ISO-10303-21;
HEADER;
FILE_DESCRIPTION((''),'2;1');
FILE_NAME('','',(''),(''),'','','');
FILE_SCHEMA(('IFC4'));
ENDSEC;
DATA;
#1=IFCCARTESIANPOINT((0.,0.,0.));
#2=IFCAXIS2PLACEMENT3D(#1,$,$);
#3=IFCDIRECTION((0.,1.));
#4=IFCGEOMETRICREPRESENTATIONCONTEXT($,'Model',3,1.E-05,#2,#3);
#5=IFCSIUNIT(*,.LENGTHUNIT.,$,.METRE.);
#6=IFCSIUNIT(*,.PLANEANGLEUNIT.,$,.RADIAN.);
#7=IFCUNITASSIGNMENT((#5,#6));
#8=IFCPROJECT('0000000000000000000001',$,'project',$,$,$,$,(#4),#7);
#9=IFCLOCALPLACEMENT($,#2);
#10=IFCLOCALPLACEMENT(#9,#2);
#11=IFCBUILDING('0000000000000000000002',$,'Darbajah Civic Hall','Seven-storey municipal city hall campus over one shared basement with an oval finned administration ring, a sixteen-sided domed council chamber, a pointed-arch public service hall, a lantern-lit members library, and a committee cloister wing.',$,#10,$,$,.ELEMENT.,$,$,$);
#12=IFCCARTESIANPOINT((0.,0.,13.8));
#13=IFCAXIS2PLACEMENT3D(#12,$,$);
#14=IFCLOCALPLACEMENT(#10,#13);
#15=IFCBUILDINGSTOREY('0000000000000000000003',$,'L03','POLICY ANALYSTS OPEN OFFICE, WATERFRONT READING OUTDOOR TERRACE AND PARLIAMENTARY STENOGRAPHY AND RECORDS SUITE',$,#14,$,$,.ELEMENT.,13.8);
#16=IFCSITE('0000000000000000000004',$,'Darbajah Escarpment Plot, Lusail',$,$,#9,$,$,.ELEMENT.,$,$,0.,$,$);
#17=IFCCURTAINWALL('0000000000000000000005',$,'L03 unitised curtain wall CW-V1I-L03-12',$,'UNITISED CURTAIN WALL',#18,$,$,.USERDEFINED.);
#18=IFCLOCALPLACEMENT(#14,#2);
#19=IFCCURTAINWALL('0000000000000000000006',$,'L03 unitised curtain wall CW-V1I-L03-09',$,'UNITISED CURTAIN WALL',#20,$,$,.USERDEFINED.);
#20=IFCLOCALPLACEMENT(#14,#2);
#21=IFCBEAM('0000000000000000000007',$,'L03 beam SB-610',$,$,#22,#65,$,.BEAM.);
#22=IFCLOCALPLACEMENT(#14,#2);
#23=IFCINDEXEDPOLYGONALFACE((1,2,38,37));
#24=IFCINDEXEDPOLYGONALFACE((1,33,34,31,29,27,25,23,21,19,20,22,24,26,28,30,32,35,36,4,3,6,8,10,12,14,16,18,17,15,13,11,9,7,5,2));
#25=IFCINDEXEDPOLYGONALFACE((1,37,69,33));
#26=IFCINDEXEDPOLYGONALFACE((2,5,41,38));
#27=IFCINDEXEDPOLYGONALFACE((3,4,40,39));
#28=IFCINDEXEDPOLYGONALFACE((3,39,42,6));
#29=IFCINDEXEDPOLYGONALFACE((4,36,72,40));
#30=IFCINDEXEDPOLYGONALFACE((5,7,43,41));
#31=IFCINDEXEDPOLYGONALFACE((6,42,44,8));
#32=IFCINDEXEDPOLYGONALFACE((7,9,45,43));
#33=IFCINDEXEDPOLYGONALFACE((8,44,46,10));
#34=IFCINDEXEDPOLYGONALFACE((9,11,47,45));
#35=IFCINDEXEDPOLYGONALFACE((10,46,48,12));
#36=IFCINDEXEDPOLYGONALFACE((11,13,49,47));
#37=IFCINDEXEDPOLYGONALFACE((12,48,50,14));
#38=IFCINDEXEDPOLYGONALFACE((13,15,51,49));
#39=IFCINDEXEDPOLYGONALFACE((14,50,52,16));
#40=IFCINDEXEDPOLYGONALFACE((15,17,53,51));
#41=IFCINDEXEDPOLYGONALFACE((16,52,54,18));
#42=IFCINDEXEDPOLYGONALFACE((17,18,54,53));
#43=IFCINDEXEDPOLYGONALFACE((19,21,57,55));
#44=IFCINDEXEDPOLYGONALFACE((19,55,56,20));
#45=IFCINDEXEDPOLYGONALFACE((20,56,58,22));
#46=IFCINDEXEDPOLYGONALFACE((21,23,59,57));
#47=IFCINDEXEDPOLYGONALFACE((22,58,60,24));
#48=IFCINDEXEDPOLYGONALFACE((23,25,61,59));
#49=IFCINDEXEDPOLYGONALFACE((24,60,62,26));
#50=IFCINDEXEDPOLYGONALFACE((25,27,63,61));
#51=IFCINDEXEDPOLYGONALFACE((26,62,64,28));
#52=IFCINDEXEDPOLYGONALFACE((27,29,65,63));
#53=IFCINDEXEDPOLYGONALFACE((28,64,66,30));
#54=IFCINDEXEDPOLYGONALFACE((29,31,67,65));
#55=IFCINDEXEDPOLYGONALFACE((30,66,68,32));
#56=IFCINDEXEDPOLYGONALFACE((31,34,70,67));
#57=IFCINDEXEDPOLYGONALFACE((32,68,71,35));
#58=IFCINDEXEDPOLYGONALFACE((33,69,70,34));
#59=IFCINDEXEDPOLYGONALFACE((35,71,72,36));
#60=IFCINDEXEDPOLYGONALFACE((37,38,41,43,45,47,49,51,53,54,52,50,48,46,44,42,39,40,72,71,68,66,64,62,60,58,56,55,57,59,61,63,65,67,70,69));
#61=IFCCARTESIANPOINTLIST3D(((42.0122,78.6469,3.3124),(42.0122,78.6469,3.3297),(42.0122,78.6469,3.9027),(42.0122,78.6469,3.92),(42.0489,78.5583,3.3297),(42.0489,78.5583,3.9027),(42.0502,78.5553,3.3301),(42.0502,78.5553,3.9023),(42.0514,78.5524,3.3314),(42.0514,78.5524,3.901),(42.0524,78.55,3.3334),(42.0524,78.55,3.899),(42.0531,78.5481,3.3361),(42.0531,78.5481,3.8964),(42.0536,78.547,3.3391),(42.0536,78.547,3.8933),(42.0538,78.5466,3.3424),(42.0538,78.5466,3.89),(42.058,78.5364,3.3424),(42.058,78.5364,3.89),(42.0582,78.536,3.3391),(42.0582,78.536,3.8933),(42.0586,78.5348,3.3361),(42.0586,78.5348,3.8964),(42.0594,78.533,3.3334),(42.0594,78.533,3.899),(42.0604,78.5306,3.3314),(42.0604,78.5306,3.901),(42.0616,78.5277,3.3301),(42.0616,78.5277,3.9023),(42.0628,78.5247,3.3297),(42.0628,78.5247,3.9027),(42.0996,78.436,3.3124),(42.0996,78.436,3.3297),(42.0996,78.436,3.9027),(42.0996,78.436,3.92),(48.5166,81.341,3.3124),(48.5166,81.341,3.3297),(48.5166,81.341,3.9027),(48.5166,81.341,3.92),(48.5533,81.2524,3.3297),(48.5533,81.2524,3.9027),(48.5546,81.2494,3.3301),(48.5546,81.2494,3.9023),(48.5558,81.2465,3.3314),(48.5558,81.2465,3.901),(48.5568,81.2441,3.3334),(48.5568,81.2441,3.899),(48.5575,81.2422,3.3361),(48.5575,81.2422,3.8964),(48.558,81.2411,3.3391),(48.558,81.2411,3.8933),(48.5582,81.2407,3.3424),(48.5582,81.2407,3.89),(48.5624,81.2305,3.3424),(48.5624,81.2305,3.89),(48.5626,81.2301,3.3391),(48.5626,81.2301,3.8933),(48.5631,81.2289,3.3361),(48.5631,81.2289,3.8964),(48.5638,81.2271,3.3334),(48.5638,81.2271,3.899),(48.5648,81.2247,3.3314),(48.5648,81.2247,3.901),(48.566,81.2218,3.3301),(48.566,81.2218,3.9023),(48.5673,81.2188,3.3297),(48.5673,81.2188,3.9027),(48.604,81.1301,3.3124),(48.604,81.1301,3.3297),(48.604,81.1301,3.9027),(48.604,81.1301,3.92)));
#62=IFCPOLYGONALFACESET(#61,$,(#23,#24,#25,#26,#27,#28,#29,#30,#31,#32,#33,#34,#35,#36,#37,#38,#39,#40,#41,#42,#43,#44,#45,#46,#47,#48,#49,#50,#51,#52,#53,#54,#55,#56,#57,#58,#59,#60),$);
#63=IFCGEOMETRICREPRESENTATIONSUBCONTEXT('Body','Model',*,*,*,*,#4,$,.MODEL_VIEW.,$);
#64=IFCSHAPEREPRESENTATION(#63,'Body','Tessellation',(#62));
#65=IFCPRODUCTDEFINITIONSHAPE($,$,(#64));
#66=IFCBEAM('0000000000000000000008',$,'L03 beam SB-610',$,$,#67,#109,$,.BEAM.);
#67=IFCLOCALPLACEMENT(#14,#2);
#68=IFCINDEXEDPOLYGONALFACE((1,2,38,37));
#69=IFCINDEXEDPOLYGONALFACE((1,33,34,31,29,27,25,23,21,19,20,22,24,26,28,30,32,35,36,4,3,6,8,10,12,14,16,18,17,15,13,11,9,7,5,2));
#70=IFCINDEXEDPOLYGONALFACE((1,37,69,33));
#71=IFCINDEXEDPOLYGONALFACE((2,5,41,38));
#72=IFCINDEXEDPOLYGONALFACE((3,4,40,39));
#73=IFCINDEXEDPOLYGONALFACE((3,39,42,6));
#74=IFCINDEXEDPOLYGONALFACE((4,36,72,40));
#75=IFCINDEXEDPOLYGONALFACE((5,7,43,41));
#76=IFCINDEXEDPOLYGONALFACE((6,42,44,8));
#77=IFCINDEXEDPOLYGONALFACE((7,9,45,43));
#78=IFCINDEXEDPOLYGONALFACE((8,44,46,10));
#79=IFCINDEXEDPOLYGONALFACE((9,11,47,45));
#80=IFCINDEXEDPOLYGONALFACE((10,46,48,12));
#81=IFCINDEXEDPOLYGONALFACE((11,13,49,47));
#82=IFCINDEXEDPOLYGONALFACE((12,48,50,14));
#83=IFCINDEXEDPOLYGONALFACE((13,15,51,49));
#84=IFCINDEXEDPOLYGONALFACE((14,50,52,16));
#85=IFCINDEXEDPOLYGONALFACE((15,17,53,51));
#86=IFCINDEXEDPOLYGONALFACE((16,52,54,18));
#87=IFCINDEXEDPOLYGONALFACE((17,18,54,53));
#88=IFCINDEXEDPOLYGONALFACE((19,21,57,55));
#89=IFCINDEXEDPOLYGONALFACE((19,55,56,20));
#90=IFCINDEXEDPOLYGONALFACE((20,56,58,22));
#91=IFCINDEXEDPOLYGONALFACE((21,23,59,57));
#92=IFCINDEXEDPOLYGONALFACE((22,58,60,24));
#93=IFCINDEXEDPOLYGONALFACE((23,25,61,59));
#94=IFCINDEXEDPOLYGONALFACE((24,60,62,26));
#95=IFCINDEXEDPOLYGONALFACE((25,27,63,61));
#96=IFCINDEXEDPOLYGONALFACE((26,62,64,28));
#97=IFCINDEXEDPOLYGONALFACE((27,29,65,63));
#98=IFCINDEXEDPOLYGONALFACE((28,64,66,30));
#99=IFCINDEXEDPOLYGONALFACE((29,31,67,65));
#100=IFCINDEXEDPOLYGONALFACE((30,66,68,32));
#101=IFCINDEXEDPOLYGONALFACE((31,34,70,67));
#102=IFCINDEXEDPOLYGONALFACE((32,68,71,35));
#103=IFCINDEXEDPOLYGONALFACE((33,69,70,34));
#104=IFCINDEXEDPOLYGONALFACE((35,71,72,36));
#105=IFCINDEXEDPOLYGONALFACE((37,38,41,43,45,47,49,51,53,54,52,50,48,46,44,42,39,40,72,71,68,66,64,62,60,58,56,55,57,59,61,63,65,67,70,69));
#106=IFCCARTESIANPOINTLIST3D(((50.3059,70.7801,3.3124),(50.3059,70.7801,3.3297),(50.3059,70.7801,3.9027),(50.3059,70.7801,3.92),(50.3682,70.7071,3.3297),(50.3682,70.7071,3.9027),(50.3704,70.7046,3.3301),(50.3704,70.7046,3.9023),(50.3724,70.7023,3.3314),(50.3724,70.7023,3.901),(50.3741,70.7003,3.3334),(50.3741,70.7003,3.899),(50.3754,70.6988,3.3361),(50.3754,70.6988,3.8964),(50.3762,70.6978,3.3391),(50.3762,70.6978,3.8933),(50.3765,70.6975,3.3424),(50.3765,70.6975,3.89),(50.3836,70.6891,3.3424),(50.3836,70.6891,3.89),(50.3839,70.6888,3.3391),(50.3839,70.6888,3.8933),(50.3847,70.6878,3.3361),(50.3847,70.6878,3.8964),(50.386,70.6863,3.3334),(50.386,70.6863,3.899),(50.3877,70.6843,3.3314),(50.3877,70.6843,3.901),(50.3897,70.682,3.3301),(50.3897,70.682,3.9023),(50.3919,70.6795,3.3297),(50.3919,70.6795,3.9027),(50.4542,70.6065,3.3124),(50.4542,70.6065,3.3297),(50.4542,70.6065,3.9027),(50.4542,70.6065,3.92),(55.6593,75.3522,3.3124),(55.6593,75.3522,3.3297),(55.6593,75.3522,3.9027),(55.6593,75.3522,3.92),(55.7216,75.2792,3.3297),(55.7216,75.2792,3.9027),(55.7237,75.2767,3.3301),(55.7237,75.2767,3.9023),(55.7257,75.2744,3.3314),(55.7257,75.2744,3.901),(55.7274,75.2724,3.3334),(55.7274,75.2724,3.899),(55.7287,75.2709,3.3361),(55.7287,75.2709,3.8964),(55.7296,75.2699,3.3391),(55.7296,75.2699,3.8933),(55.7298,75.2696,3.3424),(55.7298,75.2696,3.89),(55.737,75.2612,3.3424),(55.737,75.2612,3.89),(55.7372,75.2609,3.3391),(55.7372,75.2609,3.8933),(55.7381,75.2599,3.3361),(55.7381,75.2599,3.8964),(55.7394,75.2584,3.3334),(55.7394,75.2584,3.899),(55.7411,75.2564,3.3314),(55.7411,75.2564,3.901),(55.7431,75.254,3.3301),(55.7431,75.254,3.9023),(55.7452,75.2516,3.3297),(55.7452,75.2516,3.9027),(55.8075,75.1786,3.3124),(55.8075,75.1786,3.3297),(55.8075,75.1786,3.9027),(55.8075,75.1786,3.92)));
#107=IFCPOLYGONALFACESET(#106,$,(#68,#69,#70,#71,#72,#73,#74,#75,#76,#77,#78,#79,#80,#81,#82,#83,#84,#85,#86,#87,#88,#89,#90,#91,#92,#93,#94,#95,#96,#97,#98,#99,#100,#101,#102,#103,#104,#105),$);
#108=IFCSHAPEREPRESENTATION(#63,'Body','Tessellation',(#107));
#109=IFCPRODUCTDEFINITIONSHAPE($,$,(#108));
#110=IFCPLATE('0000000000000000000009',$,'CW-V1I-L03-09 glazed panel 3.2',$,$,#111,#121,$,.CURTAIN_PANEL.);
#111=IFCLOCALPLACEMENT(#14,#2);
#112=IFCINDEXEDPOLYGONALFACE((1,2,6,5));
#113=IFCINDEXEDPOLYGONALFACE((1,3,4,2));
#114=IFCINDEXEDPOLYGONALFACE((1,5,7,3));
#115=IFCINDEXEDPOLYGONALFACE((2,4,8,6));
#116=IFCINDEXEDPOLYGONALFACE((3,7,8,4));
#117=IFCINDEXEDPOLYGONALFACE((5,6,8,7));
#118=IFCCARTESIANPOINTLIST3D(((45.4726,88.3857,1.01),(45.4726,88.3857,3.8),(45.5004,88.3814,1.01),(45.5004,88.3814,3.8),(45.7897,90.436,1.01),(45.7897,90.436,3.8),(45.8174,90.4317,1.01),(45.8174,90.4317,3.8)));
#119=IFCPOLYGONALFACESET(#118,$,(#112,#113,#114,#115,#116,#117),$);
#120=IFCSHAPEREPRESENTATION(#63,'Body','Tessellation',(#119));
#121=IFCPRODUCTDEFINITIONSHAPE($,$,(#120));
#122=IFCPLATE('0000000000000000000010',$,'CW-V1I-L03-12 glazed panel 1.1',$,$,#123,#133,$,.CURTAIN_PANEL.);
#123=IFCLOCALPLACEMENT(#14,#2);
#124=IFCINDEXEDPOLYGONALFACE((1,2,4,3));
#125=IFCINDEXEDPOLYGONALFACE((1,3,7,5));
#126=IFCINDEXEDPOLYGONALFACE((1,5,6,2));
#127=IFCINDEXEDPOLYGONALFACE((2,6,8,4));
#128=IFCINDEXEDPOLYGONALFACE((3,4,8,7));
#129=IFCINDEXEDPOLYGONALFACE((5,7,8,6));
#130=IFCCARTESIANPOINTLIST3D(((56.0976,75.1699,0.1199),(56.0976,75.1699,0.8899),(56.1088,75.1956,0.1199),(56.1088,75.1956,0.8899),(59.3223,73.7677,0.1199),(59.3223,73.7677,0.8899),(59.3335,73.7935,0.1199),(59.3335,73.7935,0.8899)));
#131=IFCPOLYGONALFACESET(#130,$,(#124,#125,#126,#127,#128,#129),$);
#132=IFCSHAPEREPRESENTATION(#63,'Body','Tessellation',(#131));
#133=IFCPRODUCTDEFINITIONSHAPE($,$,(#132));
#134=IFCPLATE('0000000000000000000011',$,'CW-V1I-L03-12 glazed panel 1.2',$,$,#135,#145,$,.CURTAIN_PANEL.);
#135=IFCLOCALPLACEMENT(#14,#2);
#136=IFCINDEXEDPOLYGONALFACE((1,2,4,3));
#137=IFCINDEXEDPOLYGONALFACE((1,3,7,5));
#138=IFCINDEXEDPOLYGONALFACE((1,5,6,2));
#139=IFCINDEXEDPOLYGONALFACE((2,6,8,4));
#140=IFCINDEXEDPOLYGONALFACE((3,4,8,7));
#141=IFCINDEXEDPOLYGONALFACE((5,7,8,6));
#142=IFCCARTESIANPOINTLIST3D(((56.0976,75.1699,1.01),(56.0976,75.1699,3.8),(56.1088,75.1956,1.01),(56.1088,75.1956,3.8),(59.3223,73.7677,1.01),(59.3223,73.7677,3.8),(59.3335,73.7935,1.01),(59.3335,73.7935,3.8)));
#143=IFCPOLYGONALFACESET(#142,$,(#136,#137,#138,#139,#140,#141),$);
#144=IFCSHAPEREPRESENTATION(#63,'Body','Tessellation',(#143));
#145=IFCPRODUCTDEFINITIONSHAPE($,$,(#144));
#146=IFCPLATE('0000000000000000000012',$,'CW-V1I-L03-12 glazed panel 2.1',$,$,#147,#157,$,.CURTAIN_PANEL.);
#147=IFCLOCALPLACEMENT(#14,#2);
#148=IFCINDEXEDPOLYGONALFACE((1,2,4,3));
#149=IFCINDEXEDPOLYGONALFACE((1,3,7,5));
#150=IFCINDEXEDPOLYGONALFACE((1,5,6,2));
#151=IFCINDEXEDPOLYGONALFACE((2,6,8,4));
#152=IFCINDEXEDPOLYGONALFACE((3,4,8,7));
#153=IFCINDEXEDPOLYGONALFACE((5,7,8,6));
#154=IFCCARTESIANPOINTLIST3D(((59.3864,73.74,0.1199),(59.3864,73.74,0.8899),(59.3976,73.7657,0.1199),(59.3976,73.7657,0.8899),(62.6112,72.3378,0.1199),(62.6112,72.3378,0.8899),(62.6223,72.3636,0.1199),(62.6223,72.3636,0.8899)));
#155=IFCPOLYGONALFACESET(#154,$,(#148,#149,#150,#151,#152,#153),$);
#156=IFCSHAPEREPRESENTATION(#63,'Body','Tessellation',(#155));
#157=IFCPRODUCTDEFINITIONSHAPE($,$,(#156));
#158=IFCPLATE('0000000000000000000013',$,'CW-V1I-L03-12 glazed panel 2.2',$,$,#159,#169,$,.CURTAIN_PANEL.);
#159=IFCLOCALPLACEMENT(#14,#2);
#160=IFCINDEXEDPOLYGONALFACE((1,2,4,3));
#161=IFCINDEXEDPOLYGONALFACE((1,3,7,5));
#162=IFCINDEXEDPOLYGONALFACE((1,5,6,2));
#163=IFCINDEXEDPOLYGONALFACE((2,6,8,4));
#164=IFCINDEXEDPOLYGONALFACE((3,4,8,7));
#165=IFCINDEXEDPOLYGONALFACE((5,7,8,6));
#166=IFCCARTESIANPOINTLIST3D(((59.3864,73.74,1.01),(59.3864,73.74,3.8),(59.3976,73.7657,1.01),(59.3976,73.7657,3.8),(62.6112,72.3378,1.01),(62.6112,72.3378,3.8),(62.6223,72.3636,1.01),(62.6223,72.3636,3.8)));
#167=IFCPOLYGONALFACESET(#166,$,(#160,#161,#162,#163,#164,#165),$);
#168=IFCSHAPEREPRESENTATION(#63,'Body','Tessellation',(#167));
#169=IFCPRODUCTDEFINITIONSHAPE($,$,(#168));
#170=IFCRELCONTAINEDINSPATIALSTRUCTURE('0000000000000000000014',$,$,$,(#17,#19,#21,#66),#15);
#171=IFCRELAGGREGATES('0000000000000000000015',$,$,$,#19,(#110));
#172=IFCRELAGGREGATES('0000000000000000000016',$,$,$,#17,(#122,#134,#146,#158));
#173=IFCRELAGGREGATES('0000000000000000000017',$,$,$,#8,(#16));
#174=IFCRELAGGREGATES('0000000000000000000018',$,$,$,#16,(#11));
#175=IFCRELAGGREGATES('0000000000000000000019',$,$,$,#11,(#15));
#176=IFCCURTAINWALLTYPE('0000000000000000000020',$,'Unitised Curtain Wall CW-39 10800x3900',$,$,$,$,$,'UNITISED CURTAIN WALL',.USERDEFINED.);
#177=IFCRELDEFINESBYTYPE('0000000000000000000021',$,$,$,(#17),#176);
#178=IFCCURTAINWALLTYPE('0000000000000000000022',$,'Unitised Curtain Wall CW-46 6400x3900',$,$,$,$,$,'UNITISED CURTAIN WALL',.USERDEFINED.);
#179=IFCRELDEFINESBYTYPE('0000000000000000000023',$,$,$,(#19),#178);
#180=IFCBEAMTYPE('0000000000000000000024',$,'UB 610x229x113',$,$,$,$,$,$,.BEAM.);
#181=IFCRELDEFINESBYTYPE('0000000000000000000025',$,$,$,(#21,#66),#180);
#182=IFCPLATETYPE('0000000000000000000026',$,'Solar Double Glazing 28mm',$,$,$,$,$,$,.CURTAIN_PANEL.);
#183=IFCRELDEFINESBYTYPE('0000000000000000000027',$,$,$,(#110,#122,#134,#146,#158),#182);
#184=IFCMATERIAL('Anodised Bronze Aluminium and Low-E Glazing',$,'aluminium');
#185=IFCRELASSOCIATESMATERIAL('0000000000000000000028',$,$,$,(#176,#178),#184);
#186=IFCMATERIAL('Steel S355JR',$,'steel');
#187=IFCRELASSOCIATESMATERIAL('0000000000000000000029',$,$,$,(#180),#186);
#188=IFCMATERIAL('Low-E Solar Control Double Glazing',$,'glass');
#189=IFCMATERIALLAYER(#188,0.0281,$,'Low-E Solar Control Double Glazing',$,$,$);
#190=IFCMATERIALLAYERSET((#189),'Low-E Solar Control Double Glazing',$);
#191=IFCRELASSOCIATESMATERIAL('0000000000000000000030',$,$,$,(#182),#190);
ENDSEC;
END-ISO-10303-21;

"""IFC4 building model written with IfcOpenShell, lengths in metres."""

from ifc_helpers import new_model, si_unit, direction, frame, origin, origin_2d, place, context, subcontext, project, spatial, rectangle, i_section, extrude, material, layer, layer_set, material_profile, profile_set, type_object, element, aggregate, save


model = new_model("IFC4")

# Units and contexts
model_context = context("Model", 3, precision=1e-05, world=origin(), true_north=direction((0.0, 1.0)))
body_context = subcontext(model_context, "Body", "Model", "MODEL_VIEW")
ifc_project = project(units=[si_unit("LENGTHUNIT", "METRE"), si_unit("PLANEANGLEUNIT", "RADIAN")], contexts=[model_context])

# Site, building, storey
site_placement = place(None, origin())
site = spatial("IfcSite", under=ifc_project, at=site_placement, Name="Darbajah Escarpment Plot, Lusail", CompositionType="ELEMENT", RefElevation=0.0)
building_placement = place(site_placement, origin())
building = spatial("IfcBuilding", under=site, at=building_placement, Name="Darbajah Civic Hall", Description="Seven-storey municipal city hall campus over one shared basement with an oval finned administration ring, a sixteen-sided domed council chamber, a pointed-arch public service hall, a lantern-lit members library, and a committee cloister wing.", CompositionType="ELEMENT")
storey_placement = place(building_placement, frame((0.0, 0.0, 13.8)))
storey = spatial("IfcBuildingStorey", under=building, at=storey_placement, Name="L03", Description="POLICY ANALYSTS OPEN OFFICE, WATERFRONT READING OUTDOOR TERRACE AND PARLIAMENTARY STENOGRAPHY AND RECORDS SUITE", CompositionType="ELEMENT", Elevation=13.8)

# Curtain wall
ifc_material_1 = material(Name="Anodised Bronze Aluminium and Low-E Glazing", Category="aluminium")
curtain_wall_type_1 = type_object("IfcCurtainWallType", Name="Unitised Curtain Wall CW-39 10800x3900", ElementType="UNITISED CURTAIN WALL", PredefinedType="USERDEFINED", material=ifc_material_1)
curtain_wall_1_placement = place(storey_placement, origin())
curtain_wall_1 = element("IfcCurtainWall", 1, at=curtain_wall_1_placement, inside=storey, type_object=curtain_wall_type_1, Name="L03 unitised curtain wall CW-V1I-L03-12", ObjectType="UNITISED CURTAIN WALL", PredefinedType="USERDEFINED")

# Curtain wall
curtain_wall_type_2 = type_object("IfcCurtainWallType", Name="Unitised Curtain Wall CW-46 6400x3900", ElementType="UNITISED CURTAIN WALL", PredefinedType="USERDEFINED", material=ifc_material_1)
curtain_wall_2_placement = place(storey_placement, origin())
curtain_wall_2 = element("IfcCurtainWall", 2, at=curtain_wall_2_placement, inside=storey, type_object=curtain_wall_type_2, Name="L03 unitised curtain wall CW-V1I-L03-09", ObjectType="UNITISED CURTAIN WALL", PredefinedType="USERDEFINED")

# Beams
ifc_material_2 = material(Name="Steel S355JR", Category="steel")
ifc_material_profile_1 = material_profile(ifc_material_2, i_section(OverallWidth=0.2283, OverallDepth=0.6077, WebThickness=0.011, FlangeThickness=0.0173, FilletRadius=0.0127, at=origin_2d()), Name="UB 610x229x113")
ifc_profile_set_1 = profile_set([ifc_material_profile_1], Name="Steel S355JR")
beam_type_1 = type_object("IfcBeamType", Name="UB 610x229x113", PredefinedType="BEAM", material=ifc_profile_set_1)
beam_1_placement = place(storey_placement, frame((48.5603, 81.2356, 3.6162), z_axis=(-0.923885, -0.382669, 0.0), x_axis=(0.382669, -0.923885, 0.0)))
element("IfcBeam", 3, at=beam_1_placement, inside=storey, type_object=beam_type_1, Name="L03 beam SB-610", PredefinedType="BEAM", context=body_context, shape_type="SweptSolid", body=[
    extrude(i_section(OverallWidth=0.2283, OverallDepth=0.6077, WebThickness=0.011, FlangeThickness=0.0173, FilletRadius=0.0127, at=origin_2d()), origin(), (0.0, 0.0, 1.0), 7.0403),
])
beam_2_placement = place(storey_placement, frame((55.7334, 75.2654, 3.6162), z_axis=(-0.760413, -0.649439, 0.0), x_axis=(0.649439, -0.760413, 0.0)))
element("IfcBeam", 4, at=beam_2_placement, inside=storey, type_object=beam_type_1, Name="L03 beam SB-610", PredefinedType="BEAM", context=body_context, shape_type="SweptSolid", body=[
    extrude(i_section(OverallWidth=0.2283, OverallDepth=0.6077, WebThickness=0.011, FlangeThickness=0.0173, FilletRadius=0.0127, at=origin_2d()), origin(), (0.0, 0.0, 1.0), 7.04),
])

# Plates
ifc_material_3 = material(Name="Low-E Solar Control Double Glazing", Category="glass")
ifc_layer_1 = layer(ifc_material_3, 0.0281, Name="Low-E Solar Control Double Glazing")
ifc_layer_set_1 = layer_set([ifc_layer_1], Name="Low-E Solar Control Double Glazing")
plate_type = type_object("IfcPlateType", Name="Solar Double Glazing 28mm", PredefinedType="CURTAIN_PANEL", material=ifc_layer_set_1)
plate_1_placement = place(storey_placement, frame((45.645, 89.4087, 1.01), z_axis=(0.0, 0.0, 1.0), x_axis=(-0.152813, -0.988255, 0.0)))
plate_1 = element("IfcPlate", 5, at=plate_1_placement, type_object=plate_type, Name="CW-V1I-L03-09 glazed panel 3.2", PredefinedType="CURTAIN_PANEL", context=body_context, shape_type="SweptSolid", body=[
    extrude(rectangle(XDim=2.0747, YDim=0.0281, at=origin_2d()), origin(), (0.0, 0.0, 1.0), 2.79),
])
aggregate(curtain_wall_2, [plate_1])
plate_2_placement = place(storey_placement, frame((57.7156, 74.4817, 0.1199), z_axis=(0.0, 0.0, 1.0), x_axis=(0.91706, -0.398749, 0.0)))
plate_2 = element("IfcPlate", 6, at=plate_2_placement, type_object=plate_type, Name="CW-V1I-L03-12 glazed panel 1.1", PredefinedType="CURTAIN_PANEL", context=body_context, shape_type="SweptSolid", body=[
    extrude(rectangle(XDim=3.5164, YDim=0.0281, at=origin_2d()), origin(), (0.0, 0.0, 1.0), 0.77),
])
plate_3_placement = place(storey_placement, frame((57.7156, 74.4817, 1.01), z_axis=(0.0, 0.0, 1.0), x_axis=(0.91706, -0.398749, 0.0)))
plate_3 = element("IfcPlate", 7, at=plate_3_placement, type_object=plate_type, Name="CW-V1I-L03-12 glazed panel 1.2", PredefinedType="CURTAIN_PANEL", context=body_context, shape_type="SweptSolid", body=[
    extrude(rectangle(XDim=3.5164, YDim=0.0281, at=origin_2d()), origin(), (0.0, 0.0, 1.0), 2.79),
])
plate_4_placement = place(storey_placement, frame((61.0044, 73.0518, 0.1199), z_axis=(0.0, 0.0, 1.0), x_axis=(0.91706, -0.398749, 0.0)))
plate_4 = element("IfcPlate", 8, at=plate_4_placement, type_object=plate_type, Name="CW-V1I-L03-12 glazed panel 2.1", PredefinedType="CURTAIN_PANEL", context=body_context, shape_type="SweptSolid", body=[
    extrude(rectangle(XDim=3.5164, YDim=0.0281, at=origin_2d()), origin(), (0.0, 0.0, 1.0), 0.77),
])
plate_5_placement = place(storey_placement, frame((61.0044, 73.0518, 1.01), z_axis=(0.0, 0.0, 1.0), x_axis=(0.91706, -0.398749, 0.0)))
plate_5 = element("IfcPlate", 9, at=plate_5_placement, type_object=plate_type, Name="CW-V1I-L03-12 glazed panel 2.2", PredefinedType="CURTAIN_PANEL", context=body_context, shape_type="SweptSolid", body=[
    extrude(rectangle(XDim=3.5164, YDim=0.0281, at=origin_2d()), origin(), (0.0, 0.0, 1.0), 2.79),
])
aggregate(curtain_wall_1, [plate_2, plate_3, plate_4, plate_5])

save(model, "model.ifc")
